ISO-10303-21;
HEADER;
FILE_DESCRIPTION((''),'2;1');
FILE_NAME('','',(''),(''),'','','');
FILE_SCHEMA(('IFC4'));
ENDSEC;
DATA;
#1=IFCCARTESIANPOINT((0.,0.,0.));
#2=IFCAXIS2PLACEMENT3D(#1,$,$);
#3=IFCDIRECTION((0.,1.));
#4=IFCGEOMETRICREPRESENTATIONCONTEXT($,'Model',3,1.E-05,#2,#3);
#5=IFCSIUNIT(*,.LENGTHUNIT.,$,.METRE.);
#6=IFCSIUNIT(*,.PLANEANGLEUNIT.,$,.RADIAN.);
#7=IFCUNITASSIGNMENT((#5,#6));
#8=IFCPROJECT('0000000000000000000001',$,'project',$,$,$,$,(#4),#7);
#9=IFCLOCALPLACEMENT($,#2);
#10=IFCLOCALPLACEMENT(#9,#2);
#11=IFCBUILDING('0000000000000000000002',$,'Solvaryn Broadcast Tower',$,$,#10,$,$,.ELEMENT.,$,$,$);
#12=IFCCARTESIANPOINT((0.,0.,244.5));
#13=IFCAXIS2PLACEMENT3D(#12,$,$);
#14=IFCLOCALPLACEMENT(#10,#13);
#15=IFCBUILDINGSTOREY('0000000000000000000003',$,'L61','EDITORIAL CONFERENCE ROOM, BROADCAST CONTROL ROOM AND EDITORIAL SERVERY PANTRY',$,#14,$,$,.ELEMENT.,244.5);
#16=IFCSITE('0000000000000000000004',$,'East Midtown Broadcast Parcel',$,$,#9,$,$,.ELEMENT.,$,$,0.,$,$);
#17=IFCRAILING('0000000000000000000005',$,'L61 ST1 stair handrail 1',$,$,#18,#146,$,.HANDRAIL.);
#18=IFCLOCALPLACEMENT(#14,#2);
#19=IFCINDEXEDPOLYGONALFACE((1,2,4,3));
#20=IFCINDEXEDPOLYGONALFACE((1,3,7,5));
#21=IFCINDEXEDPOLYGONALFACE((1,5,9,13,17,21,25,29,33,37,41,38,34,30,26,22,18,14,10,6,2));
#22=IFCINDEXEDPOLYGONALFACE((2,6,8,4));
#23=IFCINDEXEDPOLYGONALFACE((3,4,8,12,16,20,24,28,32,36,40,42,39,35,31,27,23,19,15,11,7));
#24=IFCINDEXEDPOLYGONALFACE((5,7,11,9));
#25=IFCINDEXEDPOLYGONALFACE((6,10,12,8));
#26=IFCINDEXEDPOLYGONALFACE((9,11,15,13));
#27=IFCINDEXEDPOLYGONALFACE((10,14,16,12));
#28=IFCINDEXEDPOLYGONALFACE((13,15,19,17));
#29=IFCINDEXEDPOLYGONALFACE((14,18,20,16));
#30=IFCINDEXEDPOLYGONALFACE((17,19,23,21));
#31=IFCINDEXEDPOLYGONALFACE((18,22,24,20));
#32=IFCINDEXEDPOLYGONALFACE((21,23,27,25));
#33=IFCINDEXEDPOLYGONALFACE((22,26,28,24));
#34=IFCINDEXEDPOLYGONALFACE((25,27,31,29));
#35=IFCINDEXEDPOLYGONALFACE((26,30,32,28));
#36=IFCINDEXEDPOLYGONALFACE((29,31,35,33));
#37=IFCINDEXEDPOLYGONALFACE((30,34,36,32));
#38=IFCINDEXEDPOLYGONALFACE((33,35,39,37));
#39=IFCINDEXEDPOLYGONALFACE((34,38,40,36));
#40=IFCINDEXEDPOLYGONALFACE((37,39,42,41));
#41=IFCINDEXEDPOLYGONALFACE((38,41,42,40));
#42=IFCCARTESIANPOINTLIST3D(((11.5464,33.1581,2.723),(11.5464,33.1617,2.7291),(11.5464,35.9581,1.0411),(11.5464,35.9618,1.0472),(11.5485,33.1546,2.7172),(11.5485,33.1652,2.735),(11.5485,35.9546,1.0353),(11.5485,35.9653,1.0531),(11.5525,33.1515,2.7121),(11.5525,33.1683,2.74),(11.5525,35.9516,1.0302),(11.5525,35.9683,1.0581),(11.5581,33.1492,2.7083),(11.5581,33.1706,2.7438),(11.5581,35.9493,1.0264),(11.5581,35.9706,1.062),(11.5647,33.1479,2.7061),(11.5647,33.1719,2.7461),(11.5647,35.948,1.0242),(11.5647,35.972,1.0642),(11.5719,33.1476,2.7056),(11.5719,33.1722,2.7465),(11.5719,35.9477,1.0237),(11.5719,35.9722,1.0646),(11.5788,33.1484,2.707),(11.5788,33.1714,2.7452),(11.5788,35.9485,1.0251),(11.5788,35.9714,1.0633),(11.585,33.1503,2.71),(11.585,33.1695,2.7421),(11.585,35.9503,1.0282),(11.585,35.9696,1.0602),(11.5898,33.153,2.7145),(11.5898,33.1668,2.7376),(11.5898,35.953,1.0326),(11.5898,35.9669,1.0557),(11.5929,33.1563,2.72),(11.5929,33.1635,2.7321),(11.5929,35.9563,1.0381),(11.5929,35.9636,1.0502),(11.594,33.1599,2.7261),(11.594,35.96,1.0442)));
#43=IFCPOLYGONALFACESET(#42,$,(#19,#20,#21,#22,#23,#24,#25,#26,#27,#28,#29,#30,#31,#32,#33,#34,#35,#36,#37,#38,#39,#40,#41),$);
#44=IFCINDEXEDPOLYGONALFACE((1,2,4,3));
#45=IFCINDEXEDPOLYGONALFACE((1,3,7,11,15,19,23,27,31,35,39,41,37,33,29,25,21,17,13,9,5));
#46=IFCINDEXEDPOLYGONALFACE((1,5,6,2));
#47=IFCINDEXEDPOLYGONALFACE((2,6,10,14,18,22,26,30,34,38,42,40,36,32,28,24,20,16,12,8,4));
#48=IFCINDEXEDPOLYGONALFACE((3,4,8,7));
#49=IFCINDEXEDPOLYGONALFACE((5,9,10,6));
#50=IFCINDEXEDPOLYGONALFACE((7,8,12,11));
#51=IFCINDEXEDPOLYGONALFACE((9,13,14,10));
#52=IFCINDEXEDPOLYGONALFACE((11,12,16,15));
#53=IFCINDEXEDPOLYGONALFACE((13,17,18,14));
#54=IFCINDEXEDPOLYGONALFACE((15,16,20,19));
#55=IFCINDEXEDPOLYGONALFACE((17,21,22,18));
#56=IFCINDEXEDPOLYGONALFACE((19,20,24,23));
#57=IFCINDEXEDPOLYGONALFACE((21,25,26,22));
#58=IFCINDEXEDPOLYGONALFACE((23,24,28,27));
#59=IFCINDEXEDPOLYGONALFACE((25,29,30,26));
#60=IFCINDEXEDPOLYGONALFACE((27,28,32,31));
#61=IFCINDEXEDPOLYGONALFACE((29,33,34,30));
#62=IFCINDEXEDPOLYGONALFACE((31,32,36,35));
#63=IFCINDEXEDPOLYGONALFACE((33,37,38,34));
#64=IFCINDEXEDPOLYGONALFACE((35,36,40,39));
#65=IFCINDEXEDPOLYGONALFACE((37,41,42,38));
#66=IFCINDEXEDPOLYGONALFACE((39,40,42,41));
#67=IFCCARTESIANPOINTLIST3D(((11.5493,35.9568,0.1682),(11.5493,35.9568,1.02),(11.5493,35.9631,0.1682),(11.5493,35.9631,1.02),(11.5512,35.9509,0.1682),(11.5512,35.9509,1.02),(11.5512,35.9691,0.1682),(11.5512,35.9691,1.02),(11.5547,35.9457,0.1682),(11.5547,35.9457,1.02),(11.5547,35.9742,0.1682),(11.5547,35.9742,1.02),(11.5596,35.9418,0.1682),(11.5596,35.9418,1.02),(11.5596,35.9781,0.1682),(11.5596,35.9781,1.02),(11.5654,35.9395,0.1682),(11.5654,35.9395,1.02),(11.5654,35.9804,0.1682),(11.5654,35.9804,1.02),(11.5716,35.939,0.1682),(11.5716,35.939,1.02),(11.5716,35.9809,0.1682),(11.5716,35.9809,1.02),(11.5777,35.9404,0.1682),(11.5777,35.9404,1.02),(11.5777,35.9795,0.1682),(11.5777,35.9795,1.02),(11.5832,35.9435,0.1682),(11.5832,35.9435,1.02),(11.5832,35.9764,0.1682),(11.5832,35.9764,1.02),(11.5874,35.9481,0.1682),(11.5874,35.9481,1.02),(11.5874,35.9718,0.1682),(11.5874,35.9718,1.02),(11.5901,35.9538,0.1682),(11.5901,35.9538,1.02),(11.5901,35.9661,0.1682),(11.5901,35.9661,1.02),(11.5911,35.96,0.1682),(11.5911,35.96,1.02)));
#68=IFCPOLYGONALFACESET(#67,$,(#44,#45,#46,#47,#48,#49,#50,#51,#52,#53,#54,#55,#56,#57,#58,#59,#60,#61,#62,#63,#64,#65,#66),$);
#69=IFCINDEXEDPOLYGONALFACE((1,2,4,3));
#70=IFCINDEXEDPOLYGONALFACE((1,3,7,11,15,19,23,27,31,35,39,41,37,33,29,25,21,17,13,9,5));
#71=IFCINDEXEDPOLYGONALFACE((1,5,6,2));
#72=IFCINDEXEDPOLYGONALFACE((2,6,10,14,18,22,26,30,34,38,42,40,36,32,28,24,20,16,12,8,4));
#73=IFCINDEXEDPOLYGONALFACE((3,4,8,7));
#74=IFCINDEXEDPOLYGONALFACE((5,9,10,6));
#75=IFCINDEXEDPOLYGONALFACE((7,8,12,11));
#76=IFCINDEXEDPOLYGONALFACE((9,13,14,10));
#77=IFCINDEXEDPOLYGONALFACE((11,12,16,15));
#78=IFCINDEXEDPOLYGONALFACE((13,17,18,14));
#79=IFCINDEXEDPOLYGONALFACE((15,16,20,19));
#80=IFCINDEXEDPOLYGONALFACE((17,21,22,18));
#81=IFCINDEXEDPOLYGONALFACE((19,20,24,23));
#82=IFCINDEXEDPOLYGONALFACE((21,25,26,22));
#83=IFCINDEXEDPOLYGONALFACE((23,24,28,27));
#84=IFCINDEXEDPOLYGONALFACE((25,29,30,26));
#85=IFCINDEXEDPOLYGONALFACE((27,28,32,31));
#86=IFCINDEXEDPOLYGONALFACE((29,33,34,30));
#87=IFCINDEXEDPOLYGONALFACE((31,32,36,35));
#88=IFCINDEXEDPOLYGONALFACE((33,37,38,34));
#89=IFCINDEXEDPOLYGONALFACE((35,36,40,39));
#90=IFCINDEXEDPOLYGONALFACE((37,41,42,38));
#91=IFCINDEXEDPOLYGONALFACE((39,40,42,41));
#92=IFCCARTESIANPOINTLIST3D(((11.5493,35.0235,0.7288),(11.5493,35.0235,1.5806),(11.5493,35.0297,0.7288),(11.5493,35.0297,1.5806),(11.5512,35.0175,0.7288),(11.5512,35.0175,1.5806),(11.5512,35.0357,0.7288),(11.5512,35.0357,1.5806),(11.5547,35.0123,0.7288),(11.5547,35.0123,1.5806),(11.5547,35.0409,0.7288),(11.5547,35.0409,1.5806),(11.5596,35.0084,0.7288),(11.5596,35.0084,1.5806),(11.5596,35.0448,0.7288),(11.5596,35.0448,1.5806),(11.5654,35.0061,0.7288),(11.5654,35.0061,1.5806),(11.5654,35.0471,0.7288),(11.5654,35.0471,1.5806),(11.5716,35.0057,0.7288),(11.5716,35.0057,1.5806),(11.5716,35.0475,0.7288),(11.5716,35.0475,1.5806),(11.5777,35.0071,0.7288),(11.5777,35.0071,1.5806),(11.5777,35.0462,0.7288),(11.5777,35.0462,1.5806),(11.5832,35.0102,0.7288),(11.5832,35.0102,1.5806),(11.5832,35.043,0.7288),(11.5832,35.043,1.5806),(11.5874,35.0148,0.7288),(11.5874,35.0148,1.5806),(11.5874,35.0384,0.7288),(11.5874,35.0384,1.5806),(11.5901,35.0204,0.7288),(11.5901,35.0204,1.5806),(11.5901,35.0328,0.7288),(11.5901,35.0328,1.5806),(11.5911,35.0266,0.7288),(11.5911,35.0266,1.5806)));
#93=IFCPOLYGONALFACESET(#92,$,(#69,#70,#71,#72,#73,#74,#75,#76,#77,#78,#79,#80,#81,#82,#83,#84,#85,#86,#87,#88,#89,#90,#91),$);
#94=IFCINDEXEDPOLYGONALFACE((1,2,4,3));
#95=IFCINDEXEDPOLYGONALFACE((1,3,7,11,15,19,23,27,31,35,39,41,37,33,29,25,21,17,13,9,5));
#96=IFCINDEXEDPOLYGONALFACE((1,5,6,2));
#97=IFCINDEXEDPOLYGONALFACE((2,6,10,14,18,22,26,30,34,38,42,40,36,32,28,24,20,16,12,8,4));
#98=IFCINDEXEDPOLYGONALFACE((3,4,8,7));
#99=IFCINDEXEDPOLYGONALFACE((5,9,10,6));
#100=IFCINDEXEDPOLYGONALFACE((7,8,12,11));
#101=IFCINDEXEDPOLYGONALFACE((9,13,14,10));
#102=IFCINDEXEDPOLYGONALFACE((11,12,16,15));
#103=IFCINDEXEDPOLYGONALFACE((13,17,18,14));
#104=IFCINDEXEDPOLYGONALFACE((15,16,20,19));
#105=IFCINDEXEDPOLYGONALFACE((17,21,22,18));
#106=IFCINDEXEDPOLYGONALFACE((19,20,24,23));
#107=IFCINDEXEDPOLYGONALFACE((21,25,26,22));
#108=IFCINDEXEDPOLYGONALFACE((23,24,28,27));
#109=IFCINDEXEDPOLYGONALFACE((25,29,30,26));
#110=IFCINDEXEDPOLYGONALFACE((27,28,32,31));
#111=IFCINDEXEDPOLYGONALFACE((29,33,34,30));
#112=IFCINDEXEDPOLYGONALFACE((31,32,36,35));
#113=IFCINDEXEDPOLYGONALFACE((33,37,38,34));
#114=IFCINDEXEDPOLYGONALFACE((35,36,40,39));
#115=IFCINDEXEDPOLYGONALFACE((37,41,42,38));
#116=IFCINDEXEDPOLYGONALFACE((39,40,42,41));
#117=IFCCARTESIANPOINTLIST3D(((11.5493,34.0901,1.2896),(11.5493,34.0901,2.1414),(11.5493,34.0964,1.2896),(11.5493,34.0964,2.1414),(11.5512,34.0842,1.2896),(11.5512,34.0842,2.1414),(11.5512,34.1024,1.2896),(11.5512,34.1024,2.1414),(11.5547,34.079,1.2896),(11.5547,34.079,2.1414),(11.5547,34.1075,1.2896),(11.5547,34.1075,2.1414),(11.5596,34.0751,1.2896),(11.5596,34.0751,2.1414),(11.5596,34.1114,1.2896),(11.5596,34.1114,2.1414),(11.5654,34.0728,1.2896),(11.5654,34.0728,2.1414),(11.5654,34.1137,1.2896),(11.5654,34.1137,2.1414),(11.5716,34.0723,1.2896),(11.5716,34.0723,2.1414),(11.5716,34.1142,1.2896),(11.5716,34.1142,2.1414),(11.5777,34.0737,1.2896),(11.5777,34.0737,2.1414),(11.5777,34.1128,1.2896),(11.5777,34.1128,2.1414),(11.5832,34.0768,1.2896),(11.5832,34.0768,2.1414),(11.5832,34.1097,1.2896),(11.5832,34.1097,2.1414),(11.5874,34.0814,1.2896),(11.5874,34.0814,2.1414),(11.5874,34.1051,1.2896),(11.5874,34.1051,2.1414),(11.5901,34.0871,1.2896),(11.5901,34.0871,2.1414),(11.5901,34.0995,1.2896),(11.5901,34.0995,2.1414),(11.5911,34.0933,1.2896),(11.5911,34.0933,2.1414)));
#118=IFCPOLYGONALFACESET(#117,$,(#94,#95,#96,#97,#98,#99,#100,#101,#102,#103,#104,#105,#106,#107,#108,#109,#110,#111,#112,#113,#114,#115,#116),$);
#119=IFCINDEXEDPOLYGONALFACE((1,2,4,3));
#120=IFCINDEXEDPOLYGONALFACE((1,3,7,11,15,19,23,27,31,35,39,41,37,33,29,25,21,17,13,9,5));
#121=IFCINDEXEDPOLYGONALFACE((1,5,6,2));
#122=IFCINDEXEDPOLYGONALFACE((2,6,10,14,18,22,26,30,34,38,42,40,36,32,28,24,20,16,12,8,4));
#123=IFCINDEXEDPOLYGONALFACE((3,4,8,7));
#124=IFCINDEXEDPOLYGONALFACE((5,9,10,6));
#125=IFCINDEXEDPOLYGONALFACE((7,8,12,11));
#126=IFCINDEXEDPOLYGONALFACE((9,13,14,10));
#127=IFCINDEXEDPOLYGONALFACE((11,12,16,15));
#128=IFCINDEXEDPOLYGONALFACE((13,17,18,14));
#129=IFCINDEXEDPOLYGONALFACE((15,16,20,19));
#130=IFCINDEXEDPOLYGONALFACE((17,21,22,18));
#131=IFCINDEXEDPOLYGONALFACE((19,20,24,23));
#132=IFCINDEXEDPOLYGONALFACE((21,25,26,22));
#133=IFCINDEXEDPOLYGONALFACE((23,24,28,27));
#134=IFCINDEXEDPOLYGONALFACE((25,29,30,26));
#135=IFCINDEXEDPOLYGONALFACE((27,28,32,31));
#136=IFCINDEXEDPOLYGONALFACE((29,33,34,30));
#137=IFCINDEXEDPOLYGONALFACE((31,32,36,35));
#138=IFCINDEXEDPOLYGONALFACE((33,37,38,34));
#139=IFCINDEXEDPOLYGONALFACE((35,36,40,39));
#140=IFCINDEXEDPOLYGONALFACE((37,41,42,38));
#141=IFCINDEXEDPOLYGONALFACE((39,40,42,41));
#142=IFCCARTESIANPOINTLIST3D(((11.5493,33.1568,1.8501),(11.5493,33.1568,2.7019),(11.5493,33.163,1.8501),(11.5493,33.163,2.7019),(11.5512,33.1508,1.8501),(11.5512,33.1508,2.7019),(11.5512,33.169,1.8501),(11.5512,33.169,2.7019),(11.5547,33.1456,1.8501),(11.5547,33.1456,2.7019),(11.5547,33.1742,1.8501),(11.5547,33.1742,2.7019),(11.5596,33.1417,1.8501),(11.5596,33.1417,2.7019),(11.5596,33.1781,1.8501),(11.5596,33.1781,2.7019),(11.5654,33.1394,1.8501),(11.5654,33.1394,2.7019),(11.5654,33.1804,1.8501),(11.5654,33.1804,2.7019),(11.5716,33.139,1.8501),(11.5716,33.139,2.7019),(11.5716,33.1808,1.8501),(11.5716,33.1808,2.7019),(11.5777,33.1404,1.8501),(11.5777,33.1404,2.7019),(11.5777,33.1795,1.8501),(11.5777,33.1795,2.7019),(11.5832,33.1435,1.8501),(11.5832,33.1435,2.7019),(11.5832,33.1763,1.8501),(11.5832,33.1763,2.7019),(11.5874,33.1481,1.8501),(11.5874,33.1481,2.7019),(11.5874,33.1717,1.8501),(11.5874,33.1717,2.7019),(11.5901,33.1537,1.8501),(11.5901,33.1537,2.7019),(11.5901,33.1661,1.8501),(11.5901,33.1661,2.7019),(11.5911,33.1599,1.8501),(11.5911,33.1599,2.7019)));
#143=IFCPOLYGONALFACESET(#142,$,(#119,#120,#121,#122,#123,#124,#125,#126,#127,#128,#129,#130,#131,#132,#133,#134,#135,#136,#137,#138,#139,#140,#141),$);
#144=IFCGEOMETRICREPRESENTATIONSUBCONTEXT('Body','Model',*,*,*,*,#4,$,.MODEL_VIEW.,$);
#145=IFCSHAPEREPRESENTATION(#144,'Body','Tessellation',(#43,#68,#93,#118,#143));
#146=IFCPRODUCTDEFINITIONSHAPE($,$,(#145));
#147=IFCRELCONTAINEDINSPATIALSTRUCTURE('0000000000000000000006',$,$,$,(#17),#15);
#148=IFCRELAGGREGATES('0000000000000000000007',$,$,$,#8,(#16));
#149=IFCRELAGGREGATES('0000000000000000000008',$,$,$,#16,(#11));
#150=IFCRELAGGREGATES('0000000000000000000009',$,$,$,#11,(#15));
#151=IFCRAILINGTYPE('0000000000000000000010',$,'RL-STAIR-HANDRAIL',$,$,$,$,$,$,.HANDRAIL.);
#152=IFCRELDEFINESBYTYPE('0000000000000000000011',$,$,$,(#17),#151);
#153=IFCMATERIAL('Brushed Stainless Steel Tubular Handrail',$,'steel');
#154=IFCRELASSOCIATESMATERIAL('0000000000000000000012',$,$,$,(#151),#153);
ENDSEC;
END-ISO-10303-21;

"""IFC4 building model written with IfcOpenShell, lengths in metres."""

from ifc_helpers import new_model, si_unit, direction, frame, origin, origin_2d, place, context, subcontext, project, spatial, circle, extrude, material, type_object, element, save


model = new_model("IFC4")

# Units and contexts
model_context = context("Model", 3, precision=1e-05, world=origin(), true_north=direction((0.0, 1.0)))
body_context = subcontext(model_context, "Body", "Model", "MODEL_VIEW")
ifc_project = project(units=[si_unit("LENGTHUNIT", "METRE"), si_unit("PLANEANGLEUNIT", "RADIAN")], contexts=[model_context])

# Site, building, storey
site_placement = place(None, origin())
site = spatial("IfcSite", under=ifc_project, at=site_placement, Name="East Midtown Broadcast Parcel", CompositionType="ELEMENT", RefElevation=0.0)
building_placement = place(site_placement, origin())
building = spatial("IfcBuilding", under=site, at=building_placement, Name="Solvaryn Broadcast Tower", CompositionType="ELEMENT")
storey_placement = place(building_placement, frame((0.0, 0.0, 244.5)))
storey = spatial("IfcBuildingStorey", under=building, at=storey_placement, Name="L61", Description="EDITORIAL CONFERENCE ROOM, BROADCAST CONTROL ROOM AND EDITORIAL SERVERY PANTRY", CompositionType="ELEMENT", Elevation=244.5)

# Railing
ifc_material_1 = material(Name="Brushed Stainless Steel Tubular Handrail", Category="steel")
railing_type_1 = type_object("IfcRailingType", Name="RL-STAIR-HANDRAIL", PredefinedType="HANDRAIL", material=ifc_material_1)
railing_1_placement = place(storey_placement, frame((11.5701, 35.96, 0.1682)))
element("IfcRailing", 1, at=railing_1_placement, inside=storey, type_object=railing_type_1, Name="L61 ST1 stair handrail 1", PredefinedType="HANDRAIL", context=body_context, shape_type="SweptSolid", body=[
    extrude(circle(Radius=0.0239, at=origin_2d()), frame((0.0, 0.0, 0.876), z_axis=(0.0, -0.857242, 0.514913), x_axis=(1.0, 0.0, 0.0)), (0.0, 0.0, 1.0), 3.2664),
    extrude(circle(Radius=0.021, at=origin_2d()), origin(), (0.0, 0.0, 1.0), 0.8518),
    extrude(circle(Radius=0.021, at=origin_2d()), frame((0.0, -0.9333, 0.5605)), (0.0, 0.0, 1.0), 0.8518),
    extrude(circle(Radius=0.021, at=origin_2d()), frame((0.0, -1.8667, 1.1213)), (0.0, 0.0, 1.0), 0.8518),
    extrude(circle(Radius=0.021, at=origin_2d()), frame((0.0, -2.8, 1.6819)), (0.0, 0.0, 1.0), 0.8518),
])

save(model, "model.ifc")
